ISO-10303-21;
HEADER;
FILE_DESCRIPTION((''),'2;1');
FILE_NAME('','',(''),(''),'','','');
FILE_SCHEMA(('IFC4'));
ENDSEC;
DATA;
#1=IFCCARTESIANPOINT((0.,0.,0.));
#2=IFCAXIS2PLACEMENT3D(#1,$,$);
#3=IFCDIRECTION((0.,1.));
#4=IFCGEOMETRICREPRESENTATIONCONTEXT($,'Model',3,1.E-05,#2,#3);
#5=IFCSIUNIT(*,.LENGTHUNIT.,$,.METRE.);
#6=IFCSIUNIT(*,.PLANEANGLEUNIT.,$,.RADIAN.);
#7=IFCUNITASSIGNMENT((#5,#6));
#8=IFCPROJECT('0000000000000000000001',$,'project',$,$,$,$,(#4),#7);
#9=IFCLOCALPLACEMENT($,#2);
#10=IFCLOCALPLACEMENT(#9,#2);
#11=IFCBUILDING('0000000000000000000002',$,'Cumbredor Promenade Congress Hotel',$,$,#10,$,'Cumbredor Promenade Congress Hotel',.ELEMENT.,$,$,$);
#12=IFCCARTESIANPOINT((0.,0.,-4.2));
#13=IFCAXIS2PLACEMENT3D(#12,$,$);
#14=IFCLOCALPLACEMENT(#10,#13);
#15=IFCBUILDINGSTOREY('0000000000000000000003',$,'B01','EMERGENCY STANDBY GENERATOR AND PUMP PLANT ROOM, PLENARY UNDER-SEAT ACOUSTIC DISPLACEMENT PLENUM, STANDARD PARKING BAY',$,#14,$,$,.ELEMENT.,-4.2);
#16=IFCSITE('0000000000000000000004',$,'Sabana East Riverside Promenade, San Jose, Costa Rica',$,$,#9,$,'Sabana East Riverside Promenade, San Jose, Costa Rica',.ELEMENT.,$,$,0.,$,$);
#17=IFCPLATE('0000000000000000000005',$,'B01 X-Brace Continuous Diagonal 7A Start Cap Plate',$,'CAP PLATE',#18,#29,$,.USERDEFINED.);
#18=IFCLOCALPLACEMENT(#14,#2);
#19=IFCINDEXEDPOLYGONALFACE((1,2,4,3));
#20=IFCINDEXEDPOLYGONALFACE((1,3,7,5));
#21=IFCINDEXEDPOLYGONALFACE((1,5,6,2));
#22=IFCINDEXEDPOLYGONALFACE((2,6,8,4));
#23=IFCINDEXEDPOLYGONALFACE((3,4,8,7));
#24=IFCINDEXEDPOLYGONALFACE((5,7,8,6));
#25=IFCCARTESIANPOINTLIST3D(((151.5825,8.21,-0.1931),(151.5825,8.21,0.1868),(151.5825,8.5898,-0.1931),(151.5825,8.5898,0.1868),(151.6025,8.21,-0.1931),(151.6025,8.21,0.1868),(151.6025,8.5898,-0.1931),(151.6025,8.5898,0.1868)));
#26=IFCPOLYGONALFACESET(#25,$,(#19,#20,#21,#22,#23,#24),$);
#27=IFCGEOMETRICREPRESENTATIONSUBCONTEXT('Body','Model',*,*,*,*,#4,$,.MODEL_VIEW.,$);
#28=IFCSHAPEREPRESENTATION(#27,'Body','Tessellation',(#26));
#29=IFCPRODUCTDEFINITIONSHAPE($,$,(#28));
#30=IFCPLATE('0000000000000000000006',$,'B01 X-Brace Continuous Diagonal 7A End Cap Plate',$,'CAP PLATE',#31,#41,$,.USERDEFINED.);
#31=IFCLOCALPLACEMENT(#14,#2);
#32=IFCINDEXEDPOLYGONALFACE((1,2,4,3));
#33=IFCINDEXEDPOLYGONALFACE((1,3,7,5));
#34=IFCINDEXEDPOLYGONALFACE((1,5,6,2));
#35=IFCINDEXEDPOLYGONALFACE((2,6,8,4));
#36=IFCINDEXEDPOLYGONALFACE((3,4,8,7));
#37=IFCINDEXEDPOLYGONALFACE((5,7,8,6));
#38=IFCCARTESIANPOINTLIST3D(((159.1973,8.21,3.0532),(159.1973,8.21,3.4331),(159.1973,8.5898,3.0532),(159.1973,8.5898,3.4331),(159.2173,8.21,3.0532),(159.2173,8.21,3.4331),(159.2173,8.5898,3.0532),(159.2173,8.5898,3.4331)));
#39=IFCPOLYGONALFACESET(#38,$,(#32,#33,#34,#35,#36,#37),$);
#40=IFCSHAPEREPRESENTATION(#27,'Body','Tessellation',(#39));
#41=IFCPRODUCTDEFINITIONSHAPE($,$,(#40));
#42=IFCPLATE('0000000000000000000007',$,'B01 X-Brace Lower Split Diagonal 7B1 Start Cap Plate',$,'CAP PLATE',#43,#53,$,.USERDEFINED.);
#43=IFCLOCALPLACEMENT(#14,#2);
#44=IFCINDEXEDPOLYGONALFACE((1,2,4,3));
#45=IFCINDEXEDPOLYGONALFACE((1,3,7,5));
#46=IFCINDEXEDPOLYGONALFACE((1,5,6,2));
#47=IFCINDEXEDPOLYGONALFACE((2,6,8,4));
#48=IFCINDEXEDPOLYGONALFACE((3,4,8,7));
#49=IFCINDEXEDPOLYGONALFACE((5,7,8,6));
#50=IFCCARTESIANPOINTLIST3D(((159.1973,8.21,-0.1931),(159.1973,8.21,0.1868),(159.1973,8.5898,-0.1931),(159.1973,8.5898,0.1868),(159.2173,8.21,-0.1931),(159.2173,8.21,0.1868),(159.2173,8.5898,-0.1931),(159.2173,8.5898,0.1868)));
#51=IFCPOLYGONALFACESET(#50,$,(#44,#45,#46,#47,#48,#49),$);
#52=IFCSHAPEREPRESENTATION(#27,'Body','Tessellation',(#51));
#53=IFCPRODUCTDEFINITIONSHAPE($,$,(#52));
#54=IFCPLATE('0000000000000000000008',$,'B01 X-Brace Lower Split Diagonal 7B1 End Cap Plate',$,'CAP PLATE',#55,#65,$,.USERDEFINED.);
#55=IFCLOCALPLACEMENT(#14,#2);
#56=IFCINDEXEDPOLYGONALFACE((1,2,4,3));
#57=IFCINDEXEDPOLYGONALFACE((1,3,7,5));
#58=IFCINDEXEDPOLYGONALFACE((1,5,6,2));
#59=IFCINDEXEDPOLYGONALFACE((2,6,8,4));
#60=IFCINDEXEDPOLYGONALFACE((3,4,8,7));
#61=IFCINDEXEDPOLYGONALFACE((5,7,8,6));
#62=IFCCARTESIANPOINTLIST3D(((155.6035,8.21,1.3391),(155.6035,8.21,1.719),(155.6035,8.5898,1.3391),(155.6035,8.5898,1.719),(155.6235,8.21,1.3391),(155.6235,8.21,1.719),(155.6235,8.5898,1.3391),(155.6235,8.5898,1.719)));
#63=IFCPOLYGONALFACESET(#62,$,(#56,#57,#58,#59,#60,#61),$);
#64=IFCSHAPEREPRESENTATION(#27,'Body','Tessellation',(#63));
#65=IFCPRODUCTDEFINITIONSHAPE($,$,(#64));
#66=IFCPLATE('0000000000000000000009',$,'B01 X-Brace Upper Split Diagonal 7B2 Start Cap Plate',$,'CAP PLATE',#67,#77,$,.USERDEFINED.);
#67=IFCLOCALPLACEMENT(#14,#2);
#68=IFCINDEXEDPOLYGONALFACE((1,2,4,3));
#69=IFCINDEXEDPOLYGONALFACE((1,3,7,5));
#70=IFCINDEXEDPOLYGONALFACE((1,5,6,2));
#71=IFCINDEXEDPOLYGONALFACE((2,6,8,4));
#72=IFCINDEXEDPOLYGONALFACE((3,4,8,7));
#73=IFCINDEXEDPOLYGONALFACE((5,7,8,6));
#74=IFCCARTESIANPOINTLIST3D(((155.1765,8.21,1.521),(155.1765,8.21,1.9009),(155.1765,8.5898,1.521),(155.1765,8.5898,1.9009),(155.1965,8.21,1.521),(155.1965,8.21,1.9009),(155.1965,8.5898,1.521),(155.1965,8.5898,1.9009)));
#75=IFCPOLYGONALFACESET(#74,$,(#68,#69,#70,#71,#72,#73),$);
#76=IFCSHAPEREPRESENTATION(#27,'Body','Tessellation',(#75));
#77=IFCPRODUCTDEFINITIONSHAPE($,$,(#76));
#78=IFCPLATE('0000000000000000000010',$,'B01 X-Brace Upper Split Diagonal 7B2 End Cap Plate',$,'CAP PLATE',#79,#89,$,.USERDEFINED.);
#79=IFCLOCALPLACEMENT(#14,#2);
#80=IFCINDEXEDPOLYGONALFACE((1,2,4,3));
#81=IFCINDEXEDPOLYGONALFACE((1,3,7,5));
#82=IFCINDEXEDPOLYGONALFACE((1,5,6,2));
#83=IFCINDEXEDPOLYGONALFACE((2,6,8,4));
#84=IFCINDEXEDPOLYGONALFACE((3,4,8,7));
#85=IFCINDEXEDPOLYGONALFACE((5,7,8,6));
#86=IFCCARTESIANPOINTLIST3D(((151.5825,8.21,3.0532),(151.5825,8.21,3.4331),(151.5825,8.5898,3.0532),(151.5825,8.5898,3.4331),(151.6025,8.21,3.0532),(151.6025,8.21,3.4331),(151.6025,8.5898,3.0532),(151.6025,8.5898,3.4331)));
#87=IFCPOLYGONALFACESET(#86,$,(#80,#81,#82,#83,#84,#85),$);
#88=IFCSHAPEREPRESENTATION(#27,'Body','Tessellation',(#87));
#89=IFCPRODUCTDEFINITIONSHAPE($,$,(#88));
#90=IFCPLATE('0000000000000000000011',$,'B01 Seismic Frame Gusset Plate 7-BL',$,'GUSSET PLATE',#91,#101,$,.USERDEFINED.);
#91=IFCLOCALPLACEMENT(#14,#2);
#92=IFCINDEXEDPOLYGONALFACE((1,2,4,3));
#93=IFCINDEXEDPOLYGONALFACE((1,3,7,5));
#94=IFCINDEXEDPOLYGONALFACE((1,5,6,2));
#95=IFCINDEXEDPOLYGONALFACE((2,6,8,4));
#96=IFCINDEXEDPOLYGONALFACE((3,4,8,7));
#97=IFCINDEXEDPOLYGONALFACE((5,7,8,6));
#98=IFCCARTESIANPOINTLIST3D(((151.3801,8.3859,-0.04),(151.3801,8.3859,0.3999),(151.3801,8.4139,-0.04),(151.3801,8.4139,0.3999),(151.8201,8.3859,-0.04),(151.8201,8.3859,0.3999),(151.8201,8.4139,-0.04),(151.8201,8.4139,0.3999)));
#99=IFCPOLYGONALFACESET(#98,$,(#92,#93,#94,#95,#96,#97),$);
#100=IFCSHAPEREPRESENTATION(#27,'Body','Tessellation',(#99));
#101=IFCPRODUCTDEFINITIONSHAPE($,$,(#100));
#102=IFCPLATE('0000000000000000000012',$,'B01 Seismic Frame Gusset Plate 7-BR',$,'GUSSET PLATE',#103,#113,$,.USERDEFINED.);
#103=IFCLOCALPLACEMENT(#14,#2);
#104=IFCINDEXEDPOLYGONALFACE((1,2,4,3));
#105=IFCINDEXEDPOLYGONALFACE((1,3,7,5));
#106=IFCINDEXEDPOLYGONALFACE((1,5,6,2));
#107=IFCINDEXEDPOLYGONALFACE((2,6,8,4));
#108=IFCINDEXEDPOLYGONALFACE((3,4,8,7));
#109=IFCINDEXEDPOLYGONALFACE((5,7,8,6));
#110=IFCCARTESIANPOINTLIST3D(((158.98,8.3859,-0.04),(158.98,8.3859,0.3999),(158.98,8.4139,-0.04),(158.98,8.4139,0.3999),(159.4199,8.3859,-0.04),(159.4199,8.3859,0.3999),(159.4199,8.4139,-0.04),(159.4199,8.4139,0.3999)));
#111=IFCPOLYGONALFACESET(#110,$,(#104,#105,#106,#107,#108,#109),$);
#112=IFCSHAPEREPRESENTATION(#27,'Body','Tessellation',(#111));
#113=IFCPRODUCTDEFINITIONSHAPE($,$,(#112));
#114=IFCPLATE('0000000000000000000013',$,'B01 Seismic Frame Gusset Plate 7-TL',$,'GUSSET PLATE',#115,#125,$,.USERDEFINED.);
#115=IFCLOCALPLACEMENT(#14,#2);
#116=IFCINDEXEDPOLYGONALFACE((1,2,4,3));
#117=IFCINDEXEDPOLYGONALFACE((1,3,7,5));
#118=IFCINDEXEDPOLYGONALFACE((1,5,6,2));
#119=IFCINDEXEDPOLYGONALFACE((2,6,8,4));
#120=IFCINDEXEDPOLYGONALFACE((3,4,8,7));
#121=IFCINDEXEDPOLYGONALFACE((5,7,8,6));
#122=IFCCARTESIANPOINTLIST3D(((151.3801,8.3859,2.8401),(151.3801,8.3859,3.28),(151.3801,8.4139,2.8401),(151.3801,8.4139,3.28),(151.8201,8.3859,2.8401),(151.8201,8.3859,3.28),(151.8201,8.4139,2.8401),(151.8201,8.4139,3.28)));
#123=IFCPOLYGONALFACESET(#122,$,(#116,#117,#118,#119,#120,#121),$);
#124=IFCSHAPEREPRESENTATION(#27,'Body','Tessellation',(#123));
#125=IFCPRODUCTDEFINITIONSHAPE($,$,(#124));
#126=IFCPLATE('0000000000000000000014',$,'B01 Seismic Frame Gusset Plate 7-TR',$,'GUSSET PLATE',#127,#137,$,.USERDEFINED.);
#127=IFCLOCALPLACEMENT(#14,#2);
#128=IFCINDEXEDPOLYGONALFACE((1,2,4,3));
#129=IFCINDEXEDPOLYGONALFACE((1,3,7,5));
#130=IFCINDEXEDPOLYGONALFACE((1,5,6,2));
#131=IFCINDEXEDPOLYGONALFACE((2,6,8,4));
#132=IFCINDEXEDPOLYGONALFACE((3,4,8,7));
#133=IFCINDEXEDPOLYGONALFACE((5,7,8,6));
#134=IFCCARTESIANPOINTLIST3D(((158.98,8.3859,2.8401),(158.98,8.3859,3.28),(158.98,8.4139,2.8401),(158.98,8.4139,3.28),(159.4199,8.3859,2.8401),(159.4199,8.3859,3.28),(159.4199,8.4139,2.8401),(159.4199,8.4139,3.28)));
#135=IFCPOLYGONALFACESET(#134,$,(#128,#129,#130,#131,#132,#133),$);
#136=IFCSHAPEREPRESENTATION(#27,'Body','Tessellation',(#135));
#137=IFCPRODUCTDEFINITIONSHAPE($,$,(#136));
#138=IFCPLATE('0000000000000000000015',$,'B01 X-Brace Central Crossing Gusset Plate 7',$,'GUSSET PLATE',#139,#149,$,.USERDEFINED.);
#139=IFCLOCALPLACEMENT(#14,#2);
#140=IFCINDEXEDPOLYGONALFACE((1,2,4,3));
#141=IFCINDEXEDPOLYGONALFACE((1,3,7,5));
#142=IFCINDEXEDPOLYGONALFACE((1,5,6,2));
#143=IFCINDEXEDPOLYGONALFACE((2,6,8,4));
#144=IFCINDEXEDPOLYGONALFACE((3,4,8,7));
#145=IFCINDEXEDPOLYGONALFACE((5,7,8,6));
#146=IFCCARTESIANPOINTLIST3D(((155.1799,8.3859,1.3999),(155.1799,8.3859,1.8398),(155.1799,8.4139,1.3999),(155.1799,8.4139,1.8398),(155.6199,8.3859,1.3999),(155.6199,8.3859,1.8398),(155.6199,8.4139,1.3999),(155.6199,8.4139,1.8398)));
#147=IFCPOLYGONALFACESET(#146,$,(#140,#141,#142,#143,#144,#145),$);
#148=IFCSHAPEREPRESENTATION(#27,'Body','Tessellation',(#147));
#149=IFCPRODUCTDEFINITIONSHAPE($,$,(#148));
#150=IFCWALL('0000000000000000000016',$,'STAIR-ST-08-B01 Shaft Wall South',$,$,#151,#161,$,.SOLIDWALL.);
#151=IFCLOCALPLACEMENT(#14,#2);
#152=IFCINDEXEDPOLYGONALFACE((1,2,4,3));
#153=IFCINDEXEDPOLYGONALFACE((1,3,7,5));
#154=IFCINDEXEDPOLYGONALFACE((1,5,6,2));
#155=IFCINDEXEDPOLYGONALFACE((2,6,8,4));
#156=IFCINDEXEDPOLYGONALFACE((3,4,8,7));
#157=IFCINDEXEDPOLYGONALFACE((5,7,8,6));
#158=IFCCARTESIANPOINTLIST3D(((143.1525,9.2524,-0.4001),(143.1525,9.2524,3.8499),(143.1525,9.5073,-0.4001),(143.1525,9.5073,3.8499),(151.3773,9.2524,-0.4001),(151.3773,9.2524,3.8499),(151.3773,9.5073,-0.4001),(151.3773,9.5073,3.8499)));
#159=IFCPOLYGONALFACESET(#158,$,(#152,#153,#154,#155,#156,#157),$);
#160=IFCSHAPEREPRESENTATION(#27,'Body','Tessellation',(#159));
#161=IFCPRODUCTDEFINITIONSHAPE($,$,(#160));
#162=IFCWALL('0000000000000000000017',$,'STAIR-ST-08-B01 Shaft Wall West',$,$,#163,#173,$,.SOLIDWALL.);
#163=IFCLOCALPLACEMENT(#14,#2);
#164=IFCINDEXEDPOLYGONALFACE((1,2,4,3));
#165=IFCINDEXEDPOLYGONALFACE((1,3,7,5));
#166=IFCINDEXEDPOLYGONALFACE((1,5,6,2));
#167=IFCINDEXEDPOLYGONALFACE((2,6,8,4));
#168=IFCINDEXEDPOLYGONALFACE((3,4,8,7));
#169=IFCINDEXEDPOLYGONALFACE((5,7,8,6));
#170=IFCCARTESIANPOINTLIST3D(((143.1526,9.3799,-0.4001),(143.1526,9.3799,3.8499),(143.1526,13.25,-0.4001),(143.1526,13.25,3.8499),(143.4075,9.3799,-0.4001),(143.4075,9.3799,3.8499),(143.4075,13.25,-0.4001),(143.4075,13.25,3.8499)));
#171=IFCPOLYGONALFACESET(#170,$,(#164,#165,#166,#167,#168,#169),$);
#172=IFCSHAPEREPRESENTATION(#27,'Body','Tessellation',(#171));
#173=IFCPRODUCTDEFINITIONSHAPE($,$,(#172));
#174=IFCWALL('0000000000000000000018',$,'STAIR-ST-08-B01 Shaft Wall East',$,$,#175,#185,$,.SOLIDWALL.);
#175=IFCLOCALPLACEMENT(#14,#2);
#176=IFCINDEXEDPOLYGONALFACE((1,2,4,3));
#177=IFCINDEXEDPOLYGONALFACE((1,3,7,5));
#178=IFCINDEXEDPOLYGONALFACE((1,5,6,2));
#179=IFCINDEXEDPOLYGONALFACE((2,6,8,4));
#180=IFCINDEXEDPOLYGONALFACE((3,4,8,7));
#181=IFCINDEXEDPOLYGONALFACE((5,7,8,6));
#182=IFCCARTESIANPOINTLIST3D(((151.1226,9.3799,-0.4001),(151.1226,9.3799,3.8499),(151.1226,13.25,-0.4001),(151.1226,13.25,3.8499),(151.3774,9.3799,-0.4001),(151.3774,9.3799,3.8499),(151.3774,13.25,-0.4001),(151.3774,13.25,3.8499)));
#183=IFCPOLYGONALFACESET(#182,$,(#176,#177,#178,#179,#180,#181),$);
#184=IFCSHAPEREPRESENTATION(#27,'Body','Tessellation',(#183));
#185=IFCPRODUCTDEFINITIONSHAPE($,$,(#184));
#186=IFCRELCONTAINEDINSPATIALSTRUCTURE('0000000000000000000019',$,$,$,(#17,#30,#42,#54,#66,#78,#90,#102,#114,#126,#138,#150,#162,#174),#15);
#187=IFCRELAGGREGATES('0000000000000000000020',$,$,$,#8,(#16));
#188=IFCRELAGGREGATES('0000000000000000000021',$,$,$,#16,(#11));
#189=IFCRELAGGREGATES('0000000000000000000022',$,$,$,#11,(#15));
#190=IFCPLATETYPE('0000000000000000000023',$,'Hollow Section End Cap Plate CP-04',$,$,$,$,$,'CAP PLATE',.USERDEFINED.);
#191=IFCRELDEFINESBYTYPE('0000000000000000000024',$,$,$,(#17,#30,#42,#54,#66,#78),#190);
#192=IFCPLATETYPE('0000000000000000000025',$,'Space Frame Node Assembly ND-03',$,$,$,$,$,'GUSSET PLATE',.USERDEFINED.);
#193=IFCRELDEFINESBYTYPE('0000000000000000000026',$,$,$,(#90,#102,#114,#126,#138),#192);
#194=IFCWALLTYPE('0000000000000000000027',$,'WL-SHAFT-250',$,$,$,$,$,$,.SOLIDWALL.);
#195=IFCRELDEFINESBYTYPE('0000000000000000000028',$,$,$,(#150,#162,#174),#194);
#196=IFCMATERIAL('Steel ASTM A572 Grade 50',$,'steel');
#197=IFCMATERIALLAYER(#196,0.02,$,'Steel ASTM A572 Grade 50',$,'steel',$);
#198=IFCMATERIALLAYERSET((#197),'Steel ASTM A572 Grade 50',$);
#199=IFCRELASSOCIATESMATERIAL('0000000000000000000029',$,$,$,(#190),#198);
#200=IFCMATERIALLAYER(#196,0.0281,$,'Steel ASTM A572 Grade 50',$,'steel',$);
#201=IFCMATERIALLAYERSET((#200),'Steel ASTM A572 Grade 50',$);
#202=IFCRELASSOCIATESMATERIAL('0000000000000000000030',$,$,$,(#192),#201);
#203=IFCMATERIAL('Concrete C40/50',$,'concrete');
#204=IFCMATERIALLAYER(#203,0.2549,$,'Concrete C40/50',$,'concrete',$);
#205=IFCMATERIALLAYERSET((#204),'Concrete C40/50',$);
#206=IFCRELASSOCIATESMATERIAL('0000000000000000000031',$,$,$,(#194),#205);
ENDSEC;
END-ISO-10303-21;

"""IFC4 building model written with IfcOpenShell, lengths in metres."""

from ifc_helpers import new_model, si_unit, direction, frame, frame_2d, origin, origin_2d, place, context, subcontext, project, spatial, rectangle, extrude, material, layer, layer_set, type_object, element, save


model = new_model("IFC4")

# Units and contexts
model_context = context("Model", 3, precision=1e-05, world=origin(), true_north=direction((0.0, 1.0)))
body_context = subcontext(model_context, "Body", "Model", "MODEL_VIEW")
ifc_project = project(units=[si_unit("LENGTHUNIT", "METRE"), si_unit("PLANEANGLEUNIT", "RADIAN")], contexts=[model_context])

# Site, building, storey
site_placement = place(None, origin())
site = spatial("IfcSite", under=ifc_project, at=site_placement, Name="Sabana East Riverside Promenade, San Jose, Costa Rica", LongName="Sabana East Riverside Promenade, San Jose, Costa Rica", CompositionType="ELEMENT", RefElevation=0.0)
building_placement = place(site_placement, origin())
building = spatial("IfcBuilding", under=site, at=building_placement, Name="Cumbredor Promenade Congress Hotel", LongName="Cumbredor Promenade Congress Hotel", CompositionType="ELEMENT")
storey_placement = place(building_placement, frame((0.0, 0.0, -4.2)))
storey = spatial("IfcBuildingStorey", under=building, at=storey_placement, Name="B01", Description="EMERGENCY STANDBY GENERATOR AND PUMP PLANT ROOM, PLENARY UNDER-SEAT ACOUSTIC DISPLACEMENT PLENUM, STANDARD PARKING BAY", CompositionType="ELEMENT", Elevation=-4.2)

# Shared definitions
ifc_material_1 = material(Name="Concrete C40/50", Category="concrete")

# Plates
ifc_material_2 = material(Name="Steel ASTM A572 Grade 50", Category="steel")
ifc_layer_1 = layer(ifc_material_2, 0.02, Name="Steel ASTM A572 Grade 50", Category="steel")
ifc_layer_set_1 = layer_set([ifc_layer_1], Name="Steel ASTM A572 Grade 50")
plate_type_1 = type_object("IfcPlateType", Name="Hollow Section End Cap Plate CP-04", ElementType="CAP PLATE", PredefinedType="USERDEFINED", material=ifc_layer_set_1)
for number, where, z_axis, x_axis, name in (
    (1, (151.5925, 8.3999, -0.1931), (0.0, 0.0, 1.0), (1.0, 0.0, 0.0), "B01 X-Brace Continuous Diagonal 7A Start Cap Plate"),
    (2, (159.2073, 8.3999, 3.0532), (0.0, 0.0, 1.0), (1.0, 0.0, 0.0), "B01 X-Brace Continuous Diagonal 7A End Cap Plate"),
    (3, (159.2073, 8.3999, -0.1931), (0.0, 0.0, 1.0), (-1.0, 0.0, 0.0), "B01 X-Brace Lower Split Diagonal 7B1 Start Cap Plate"),
    (4, (155.6135, 8.3999, 1.3391), (0.0, 0.0, 1.0), (-1.0, 0.0, 0.0), "B01 X-Brace Lower Split Diagonal 7B1 End Cap Plate"),
    (5, (155.1865, 8.3999, 1.521), (0.0, 0.0, 1.0), (-1.0, 0.0, 0.0), "B01 X-Brace Upper Split Diagonal 7B2 Start Cap Plate"),
    (6, (151.5925, 8.3999, 3.0532), (0.0, 0.0, 1.0), (-1.0, 0.0, 0.0), "B01 X-Brace Upper Split Diagonal 7B2 End Cap Plate"),
):
    element("IfcPlate", number, at=place(storey_placement, frame(where, z_axis=z_axis, x_axis=x_axis)), inside=storey, type_object=plate_type_1, Name=name, ObjectType="CAP PLATE", PredefinedType="USERDEFINED", context=body_context, shape_type="SweptSolid", body=[
        extrude(rectangle(XDim=0.02, YDim=0.3799, at=origin_2d()), origin(), (0.0, 0.0, 1.0), 0.3799),
    ])
ifc_layer_2 = layer(ifc_material_2, 0.0281, Name="Steel ASTM A572 Grade 50", Category="steel")
ifc_layer_set_2 = layer_set([ifc_layer_2], Name="Steel ASTM A572 Grade 50")
plate_type_2 = type_object("IfcPlateType", Name="Space Frame Node Assembly ND-03", ElementType="GUSSET PLATE", PredefinedType="USERDEFINED", material=ifc_layer_set_2)
for number, where, z_axis, x_axis, name in (
    (7, (151.6001, 8.3999, -0.04), (0.0, 0.0, 1.0), (1.0, 0.0, 0.0), "B01 Seismic Frame Gusset Plate 7-BL"),
    (8, (159.2, 8.3999, -0.04), (0.0, 0.0, 1.0), (1.0, 0.0, 0.0), "B01 Seismic Frame Gusset Plate 7-BR"),
    (9, (151.6001, 8.3999, 2.8401), (0.0, 0.0, 1.0), (1.0, 0.0, 0.0), "B01 Seismic Frame Gusset Plate 7-TL"),
    (10, (159.2, 8.3999, 2.8401), (0.0, 0.0, 1.0), (1.0, 0.0, 0.0), "B01 Seismic Frame Gusset Plate 7-TR"),
    (11, (155.3999, 8.3999, 1.3999), (0.0, 0.0, 1.0), (1.0, 0.0, 0.0), "B01 X-Brace Central Crossing Gusset Plate 7"),
):
    element("IfcPlate", number, at=place(storey_placement, frame(where, z_axis=z_axis, x_axis=x_axis)), inside=storey, type_object=plate_type_2, Name=name, ObjectType="GUSSET PLATE", PredefinedType="USERDEFINED", context=body_context, shape_type="SweptSolid", body=[
        extrude(rectangle(XDim=0.4399, YDim=0.0281, at=origin_2d()), origin(), (0.0, 0.0, 1.0), 0.4399),
    ])

# Walls
ifc_layer_3 = layer(ifc_material_1, 0.2549, Name="Concrete C40/50", Category="concrete")
ifc_layer_set_3 = layer_set([ifc_layer_3], Name="Concrete C40/50")
wall_type = type_object("IfcWallType", Name="WL-SHAFT-250", PredefinedType="SOLIDWALL", material=ifc_layer_set_3)
wall_placement = place(storey_placement, frame((143.1526, 9.3799, -0.4001), z_axis=(0.0, 0.0, 1.0), x_axis=(1.0, 0.0, 0.0)))
element("IfcWall", 12, at=wall_placement, inside=storey, type_object=wall_type, Name="STAIR-ST-08-B01 Shaft Wall South", PredefinedType="SOLIDWALL", context=body_context, shape_type="SweptSolid", body=[
    extrude(rectangle(XDim=8.2249, YDim=0.2549, at=frame_2d((4.1123, 0.0))), origin(), (0.0, 0.0, 1.0), 4.25),
])
for number, where, z_axis, x_axis, name in (
    (13, (143.28, 9.3799, -0.4001), (0.0, 0.0, 1.0), (0.0, 1.0, 0.0), "STAIR-ST-08-B01 Shaft Wall West"),
    (14, (151.25, 9.3799, -0.4001), (0.0, 0.0, 1.0), (0.0, 1.0, 0.0), "STAIR-ST-08-B01 Shaft Wall East"),
):
    element("IfcWall", number, at=place(storey_placement, frame(where, z_axis=z_axis, x_axis=x_axis)), inside=storey, type_object=wall_type, Name=name, PredefinedType="SOLIDWALL", context=body_context, shape_type="SweptSolid", body=[
        extrude(rectangle(XDim=3.8701, YDim=0.2549, at=frame_2d((1.9351, 0.0))), origin(), (0.0, 0.0, 1.0), 4.25),
    ])

save(model, "model.ifc")
